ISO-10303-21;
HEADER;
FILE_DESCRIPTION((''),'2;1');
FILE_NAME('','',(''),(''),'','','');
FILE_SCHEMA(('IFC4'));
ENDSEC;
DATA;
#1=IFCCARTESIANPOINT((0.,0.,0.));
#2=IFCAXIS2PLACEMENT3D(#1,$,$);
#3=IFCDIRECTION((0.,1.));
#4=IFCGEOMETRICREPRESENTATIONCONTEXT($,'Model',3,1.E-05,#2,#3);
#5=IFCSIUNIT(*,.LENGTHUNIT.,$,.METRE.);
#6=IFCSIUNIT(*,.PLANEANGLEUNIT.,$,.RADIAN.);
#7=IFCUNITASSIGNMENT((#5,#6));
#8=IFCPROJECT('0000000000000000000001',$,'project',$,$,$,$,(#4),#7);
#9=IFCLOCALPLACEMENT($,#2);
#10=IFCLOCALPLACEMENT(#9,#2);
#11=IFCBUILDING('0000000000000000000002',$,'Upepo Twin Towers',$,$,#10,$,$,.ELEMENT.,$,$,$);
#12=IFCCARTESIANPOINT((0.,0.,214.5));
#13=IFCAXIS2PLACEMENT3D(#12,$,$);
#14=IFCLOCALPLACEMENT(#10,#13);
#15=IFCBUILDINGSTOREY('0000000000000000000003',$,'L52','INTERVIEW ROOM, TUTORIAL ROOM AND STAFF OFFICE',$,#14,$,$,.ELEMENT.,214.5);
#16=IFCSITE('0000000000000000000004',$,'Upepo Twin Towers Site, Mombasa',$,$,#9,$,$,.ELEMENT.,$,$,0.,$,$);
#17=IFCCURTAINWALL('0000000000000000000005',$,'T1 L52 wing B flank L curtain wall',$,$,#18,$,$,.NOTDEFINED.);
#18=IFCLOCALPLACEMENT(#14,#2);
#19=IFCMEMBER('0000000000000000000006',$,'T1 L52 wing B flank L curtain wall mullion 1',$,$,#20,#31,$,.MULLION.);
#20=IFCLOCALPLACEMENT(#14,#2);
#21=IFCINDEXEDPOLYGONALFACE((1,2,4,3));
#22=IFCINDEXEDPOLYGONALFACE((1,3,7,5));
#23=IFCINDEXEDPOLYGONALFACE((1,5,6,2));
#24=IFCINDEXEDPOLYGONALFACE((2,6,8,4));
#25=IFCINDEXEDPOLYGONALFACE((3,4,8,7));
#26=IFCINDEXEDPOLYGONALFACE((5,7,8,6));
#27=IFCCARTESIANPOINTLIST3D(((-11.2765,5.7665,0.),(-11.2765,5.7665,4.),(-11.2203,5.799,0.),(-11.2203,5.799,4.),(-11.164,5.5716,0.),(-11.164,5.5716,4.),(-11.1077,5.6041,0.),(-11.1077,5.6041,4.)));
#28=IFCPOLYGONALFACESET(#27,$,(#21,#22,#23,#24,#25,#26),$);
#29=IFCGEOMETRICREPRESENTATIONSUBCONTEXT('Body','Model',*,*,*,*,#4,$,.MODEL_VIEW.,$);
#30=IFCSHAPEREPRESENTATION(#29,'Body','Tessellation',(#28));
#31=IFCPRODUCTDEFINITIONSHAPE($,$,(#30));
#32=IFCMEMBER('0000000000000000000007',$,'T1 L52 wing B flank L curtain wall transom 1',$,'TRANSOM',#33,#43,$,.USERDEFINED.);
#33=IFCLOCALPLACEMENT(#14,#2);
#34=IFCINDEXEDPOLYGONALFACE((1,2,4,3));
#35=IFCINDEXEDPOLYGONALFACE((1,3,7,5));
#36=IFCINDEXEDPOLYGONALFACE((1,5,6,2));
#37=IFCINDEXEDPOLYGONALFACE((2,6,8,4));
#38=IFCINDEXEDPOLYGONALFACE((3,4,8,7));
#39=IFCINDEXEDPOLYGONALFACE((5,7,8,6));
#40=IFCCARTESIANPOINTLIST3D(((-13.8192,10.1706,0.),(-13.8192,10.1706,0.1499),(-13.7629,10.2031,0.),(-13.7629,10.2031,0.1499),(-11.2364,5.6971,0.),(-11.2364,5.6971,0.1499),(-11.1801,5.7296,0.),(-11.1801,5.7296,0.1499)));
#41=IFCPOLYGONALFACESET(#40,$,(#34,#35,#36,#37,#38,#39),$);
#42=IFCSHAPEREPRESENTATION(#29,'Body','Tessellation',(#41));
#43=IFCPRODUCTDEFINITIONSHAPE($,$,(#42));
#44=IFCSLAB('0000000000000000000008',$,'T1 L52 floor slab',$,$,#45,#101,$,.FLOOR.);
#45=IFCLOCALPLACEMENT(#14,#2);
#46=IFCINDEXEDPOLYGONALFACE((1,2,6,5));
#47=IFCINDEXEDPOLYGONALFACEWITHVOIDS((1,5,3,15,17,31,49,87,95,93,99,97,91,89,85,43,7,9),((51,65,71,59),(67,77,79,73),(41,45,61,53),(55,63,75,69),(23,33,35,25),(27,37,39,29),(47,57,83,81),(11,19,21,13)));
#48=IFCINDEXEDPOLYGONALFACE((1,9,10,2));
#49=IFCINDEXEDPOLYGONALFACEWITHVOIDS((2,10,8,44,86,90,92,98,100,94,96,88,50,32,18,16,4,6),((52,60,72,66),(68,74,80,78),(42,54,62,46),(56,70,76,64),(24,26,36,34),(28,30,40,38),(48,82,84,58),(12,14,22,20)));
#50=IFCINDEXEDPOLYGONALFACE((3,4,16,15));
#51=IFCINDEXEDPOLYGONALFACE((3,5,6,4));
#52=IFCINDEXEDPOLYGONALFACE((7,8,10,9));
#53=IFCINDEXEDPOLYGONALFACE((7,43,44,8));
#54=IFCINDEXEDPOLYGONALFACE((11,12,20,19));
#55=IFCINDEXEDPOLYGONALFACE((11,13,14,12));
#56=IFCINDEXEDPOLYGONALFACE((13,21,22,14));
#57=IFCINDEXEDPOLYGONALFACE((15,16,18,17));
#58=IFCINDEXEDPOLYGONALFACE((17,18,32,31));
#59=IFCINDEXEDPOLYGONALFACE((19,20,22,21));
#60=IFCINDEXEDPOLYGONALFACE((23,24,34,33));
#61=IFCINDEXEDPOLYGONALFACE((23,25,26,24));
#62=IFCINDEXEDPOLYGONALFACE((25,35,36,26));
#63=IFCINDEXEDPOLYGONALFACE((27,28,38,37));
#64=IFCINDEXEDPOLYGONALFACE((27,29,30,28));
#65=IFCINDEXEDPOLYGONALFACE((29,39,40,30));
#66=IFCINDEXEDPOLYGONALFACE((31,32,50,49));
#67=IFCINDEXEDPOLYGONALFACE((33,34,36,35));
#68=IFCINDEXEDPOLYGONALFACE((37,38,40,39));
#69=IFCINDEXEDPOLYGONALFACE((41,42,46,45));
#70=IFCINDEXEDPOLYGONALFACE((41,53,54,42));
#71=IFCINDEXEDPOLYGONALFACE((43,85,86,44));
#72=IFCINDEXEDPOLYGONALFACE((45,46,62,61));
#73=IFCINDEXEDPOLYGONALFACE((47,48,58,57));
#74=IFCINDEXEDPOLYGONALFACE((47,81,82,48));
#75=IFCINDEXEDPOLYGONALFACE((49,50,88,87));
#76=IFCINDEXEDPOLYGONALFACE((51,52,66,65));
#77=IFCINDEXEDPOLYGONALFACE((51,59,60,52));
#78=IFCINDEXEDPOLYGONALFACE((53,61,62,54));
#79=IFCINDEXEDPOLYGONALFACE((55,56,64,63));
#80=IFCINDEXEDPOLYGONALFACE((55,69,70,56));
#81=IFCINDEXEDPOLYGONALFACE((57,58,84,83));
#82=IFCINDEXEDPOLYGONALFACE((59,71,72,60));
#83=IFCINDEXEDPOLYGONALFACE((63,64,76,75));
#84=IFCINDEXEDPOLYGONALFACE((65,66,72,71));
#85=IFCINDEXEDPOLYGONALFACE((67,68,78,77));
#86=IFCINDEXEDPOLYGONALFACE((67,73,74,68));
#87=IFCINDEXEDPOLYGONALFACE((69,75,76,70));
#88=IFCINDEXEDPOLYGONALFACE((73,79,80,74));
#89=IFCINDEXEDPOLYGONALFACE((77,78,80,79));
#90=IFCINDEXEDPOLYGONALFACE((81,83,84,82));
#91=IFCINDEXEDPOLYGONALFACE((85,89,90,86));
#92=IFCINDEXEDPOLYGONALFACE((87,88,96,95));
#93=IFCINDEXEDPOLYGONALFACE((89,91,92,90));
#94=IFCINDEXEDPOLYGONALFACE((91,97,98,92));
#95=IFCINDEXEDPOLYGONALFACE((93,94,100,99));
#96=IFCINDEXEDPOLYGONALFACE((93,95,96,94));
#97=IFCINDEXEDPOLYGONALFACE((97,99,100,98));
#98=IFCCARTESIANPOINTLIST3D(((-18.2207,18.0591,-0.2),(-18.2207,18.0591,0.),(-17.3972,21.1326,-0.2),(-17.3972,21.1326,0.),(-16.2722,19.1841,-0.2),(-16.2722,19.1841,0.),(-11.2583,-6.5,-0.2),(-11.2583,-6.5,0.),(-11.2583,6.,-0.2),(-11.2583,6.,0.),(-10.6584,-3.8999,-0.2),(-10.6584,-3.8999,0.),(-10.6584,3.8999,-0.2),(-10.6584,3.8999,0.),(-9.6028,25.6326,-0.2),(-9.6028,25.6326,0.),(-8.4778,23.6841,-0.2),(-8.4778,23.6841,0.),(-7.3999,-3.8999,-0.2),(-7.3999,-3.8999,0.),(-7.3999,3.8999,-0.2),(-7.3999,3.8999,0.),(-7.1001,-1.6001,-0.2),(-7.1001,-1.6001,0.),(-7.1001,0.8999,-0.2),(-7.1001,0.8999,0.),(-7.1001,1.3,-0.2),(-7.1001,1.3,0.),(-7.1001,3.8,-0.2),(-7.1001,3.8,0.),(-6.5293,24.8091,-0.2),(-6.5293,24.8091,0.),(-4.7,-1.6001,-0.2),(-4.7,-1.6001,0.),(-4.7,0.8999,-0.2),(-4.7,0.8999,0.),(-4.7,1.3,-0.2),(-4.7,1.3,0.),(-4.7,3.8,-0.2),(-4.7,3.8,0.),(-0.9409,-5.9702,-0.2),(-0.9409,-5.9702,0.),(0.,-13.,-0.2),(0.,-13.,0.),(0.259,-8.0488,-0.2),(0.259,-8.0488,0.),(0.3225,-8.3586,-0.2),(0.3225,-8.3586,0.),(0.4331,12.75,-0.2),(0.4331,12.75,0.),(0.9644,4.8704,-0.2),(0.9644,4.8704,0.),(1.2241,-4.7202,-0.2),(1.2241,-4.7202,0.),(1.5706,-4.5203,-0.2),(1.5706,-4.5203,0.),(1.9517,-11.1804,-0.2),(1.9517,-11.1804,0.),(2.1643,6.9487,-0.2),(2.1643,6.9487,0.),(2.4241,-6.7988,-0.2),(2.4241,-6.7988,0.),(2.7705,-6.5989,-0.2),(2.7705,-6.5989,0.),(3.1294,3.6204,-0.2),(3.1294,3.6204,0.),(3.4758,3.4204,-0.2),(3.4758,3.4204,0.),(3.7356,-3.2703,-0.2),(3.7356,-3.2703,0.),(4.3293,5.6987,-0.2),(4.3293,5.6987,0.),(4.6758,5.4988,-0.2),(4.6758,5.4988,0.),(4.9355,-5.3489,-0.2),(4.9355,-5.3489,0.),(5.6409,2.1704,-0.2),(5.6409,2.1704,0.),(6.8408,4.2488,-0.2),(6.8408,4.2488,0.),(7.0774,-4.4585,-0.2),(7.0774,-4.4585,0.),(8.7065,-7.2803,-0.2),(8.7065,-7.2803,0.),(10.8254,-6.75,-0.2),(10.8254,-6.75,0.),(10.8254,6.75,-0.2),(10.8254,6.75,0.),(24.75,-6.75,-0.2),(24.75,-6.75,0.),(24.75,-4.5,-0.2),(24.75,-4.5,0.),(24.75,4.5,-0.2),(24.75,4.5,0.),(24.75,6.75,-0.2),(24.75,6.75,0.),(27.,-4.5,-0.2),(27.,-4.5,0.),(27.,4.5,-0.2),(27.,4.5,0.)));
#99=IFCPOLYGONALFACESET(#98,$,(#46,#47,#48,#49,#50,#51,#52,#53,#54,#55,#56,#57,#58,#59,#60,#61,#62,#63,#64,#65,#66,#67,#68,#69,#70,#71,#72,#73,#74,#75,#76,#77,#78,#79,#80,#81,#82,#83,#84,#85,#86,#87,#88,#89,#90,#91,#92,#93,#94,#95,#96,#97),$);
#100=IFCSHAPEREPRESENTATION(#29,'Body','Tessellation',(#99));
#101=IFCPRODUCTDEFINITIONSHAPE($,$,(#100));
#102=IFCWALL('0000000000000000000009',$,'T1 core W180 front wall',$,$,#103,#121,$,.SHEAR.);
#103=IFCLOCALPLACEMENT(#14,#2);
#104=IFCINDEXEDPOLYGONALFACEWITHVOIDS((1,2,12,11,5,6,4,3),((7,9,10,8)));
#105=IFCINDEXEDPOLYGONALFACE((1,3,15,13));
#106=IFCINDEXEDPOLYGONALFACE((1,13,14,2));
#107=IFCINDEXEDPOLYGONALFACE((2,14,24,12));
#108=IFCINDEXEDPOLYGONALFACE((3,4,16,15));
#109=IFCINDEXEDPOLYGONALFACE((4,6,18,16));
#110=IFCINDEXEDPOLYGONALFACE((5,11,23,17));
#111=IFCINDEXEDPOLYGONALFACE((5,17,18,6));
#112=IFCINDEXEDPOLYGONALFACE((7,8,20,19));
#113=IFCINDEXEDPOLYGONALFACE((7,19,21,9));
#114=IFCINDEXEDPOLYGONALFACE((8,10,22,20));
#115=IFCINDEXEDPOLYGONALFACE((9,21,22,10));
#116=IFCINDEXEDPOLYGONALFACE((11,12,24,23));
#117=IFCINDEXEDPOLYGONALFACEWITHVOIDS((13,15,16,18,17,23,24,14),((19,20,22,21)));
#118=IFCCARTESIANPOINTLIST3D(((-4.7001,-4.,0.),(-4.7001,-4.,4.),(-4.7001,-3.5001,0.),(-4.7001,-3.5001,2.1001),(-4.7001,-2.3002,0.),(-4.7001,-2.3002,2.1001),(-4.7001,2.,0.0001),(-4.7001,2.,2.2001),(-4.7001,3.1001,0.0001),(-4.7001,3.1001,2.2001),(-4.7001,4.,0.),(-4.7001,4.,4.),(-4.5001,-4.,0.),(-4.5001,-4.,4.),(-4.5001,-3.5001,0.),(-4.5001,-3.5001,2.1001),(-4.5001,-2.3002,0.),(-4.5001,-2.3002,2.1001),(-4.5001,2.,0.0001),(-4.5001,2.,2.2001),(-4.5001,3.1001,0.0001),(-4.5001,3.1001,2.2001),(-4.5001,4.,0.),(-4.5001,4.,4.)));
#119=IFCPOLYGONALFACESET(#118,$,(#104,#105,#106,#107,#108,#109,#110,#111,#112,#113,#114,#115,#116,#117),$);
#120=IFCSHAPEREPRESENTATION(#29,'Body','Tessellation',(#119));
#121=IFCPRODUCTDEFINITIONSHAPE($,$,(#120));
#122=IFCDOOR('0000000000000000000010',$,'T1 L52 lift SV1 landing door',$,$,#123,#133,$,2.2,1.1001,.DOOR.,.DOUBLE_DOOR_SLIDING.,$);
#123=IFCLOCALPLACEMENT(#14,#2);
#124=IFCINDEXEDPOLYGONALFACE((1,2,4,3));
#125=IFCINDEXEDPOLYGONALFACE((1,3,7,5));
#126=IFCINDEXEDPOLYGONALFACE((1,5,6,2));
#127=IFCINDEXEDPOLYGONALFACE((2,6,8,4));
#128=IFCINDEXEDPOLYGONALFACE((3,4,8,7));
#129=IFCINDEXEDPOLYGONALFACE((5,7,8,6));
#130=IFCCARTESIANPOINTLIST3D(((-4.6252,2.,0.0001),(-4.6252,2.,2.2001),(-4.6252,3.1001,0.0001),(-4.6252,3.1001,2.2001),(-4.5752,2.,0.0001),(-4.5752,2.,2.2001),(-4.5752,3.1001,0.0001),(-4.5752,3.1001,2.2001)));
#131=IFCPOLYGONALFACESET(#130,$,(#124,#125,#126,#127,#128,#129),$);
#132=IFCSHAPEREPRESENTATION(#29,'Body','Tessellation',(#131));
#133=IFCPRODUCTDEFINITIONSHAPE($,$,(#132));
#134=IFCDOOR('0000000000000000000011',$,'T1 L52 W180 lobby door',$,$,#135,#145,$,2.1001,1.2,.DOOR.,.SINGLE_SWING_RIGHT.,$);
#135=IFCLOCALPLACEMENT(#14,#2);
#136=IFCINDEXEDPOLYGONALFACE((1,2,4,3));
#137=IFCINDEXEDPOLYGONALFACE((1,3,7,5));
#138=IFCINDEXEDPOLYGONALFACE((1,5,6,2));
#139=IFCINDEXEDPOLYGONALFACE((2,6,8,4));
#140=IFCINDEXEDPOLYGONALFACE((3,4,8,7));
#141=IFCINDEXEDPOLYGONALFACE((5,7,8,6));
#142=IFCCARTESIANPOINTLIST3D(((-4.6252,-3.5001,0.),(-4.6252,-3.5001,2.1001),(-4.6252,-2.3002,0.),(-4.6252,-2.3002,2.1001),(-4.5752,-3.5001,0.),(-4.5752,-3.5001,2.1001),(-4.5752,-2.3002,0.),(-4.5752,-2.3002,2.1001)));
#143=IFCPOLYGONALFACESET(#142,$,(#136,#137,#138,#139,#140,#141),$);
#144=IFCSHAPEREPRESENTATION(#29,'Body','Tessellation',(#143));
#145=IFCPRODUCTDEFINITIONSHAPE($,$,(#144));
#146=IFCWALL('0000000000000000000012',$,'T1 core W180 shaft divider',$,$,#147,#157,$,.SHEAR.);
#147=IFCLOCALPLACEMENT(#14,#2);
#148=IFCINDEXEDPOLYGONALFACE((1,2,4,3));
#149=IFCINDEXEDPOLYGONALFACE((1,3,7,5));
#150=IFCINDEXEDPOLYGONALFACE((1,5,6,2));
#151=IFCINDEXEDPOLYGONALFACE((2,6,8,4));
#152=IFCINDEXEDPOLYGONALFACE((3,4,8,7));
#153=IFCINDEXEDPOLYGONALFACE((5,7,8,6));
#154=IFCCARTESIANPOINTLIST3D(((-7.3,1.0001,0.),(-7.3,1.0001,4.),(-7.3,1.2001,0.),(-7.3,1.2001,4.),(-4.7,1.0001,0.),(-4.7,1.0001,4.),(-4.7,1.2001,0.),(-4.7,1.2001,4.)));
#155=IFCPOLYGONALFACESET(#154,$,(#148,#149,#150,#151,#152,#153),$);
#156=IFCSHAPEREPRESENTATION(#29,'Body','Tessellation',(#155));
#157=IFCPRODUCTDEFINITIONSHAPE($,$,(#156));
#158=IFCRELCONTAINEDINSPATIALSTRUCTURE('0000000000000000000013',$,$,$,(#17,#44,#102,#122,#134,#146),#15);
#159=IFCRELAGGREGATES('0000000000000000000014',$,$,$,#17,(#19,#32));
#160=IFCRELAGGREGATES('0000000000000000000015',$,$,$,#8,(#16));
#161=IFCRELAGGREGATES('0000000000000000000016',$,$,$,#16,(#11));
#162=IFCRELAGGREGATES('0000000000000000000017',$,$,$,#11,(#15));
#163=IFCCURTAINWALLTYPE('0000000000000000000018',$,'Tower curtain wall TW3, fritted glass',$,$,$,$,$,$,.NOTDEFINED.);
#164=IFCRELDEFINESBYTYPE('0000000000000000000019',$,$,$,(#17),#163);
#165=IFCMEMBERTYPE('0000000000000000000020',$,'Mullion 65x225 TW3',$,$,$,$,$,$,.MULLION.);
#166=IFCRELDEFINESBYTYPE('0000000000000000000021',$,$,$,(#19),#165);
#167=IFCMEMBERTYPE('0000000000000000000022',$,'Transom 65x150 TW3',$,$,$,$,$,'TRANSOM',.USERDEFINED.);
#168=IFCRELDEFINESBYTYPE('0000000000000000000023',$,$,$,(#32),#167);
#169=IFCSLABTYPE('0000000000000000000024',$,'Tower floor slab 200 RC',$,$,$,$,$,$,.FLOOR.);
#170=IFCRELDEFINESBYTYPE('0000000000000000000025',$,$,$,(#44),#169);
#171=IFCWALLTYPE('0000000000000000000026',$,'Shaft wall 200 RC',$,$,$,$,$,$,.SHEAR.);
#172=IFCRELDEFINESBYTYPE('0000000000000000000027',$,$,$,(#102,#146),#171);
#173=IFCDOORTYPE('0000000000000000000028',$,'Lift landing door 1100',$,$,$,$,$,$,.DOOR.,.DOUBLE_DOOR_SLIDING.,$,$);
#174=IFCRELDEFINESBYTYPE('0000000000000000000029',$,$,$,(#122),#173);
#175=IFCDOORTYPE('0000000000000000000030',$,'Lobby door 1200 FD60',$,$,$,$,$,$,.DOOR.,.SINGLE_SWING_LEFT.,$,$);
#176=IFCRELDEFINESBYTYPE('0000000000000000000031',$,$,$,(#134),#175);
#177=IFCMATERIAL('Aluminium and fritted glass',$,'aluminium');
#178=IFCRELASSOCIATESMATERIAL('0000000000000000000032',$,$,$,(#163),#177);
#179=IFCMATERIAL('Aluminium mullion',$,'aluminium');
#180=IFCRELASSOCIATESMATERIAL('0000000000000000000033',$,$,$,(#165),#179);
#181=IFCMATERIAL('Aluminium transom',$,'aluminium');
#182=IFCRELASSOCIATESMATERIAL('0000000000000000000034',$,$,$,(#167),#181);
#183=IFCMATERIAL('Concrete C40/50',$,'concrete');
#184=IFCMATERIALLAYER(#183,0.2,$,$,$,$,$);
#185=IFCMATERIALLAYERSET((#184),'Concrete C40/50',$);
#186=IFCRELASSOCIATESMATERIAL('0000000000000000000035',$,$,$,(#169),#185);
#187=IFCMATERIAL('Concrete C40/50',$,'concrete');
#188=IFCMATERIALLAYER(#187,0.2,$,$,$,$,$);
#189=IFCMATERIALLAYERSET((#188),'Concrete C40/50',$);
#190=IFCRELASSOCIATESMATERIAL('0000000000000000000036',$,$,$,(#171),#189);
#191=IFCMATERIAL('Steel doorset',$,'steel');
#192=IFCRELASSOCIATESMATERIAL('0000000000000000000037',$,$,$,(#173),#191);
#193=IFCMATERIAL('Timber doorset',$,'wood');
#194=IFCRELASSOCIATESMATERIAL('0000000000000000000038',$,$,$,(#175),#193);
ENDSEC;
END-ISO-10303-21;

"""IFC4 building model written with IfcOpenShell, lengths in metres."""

from ifc_helpers import new_model, si_unit, direction, frame, frame_2d, origin, origin_2d, place, context, subcontext, project, spatial, polyline, rectangle, outline, extrude, material, layer, layer_set, material_profile, profile_set, type_object, element, fill, aggregate, save


model = new_model("IFC4")

# Units and contexts
model_context = context("Model", 3, precision=1e-05, world=origin(), true_north=direction((0.0, 1.0)))
body_context = subcontext(model_context, "Body", "Model", "MODEL_VIEW")
ifc_project = project(units=[si_unit("LENGTHUNIT", "METRE"), si_unit("PLANEANGLEUNIT", "RADIAN")], contexts=[model_context])

# Site, building, storey
site_placement = place(None, origin())
site = spatial("IfcSite", under=ifc_project, at=site_placement, Name="Upepo Twin Towers Site, Mombasa", CompositionType="ELEMENT", RefElevation=0.0)
building_placement = place(site_placement, origin())
building = spatial("IfcBuilding", under=site, at=building_placement, Name="Upepo Twin Towers", CompositionType="ELEMENT")
storey_placement = place(building_placement, frame((0.0, 0.0, 214.5)))
storey = spatial("IfcBuildingStorey", under=building, at=storey_placement, Name="L52", Description="INTERVIEW ROOM, TUTORIAL ROOM AND STAFF OFFICE", CompositionType="ELEMENT", Elevation=214.5)

# Curtain wall, members
ifc_material_1 = material(Name="Aluminium and fritted glass", Category="aluminium")
curtain_wall_type = type_object("IfcCurtainWallType", Name="Tower curtain wall TW3, fritted glass", PredefinedType="NOTDEFINED", material=ifc_material_1)
curtain_wall_placement = place(storey_placement, origin())
curtain_wall = element("IfcCurtainWall", 1, at=curtain_wall_placement, inside=storey, type_object=curtain_wall_type, Name="T1 L52 wing B flank L curtain wall", PredefinedType="NOTDEFINED")
ifc_material_2 = material(Name="Aluminium mullion", Category="aluminium")
ifc_material_profile_1 = material_profile(ifc_material_2, rectangle(XDim=0.0649, YDim=0.2251, at=origin_2d()), Name="MULLION 65x225")
ifc_profile_set_1 = profile_set([ifc_material_profile_1], Name="Aluminium mullion")
member_type_1 = type_object("IfcMemberType", Name="Mullion 65x225 TW3", PredefinedType="MULLION", material=ifc_profile_set_1)
member_1_placement = place(storey_placement, frame((-11.1921, 5.6853, 0.0), z_axis=(0.0, 0.0, 1.0), x_axis=(-0.866025, -0.5, 0.0)))
member_1 = element("IfcMember", 2, at=member_1_placement, type_object=member_type_1, Name="T1 L52 wing B flank L curtain wall mullion 1", PredefinedType="MULLION", context=body_context, shape_type="SweptSolid", body=[
    extrude(rectangle(XDim=0.0649, YDim=0.2251, at=origin_2d()), origin(), (0.0, 0.0, 1.0), 4.0),
])
ifc_material_3 = material(Name="Aluminium transom", Category="aluminium")
ifc_material_profile_2 = material_profile(ifc_material_3, rectangle(XDim=0.0649, YDim=0.1499, at=origin_2d()), Name="TRANSOM 65x150")
ifc_profile_set_2 = profile_set([ifc_material_profile_2], Name="Aluminium transom")
member_type_2 = type_object("IfcMemberType", Name="Transom 65x150 TW3", ElementType="TRANSOM", PredefinedType="USERDEFINED", material=ifc_profile_set_2)
member_2_placement = place(storey_placement, frame((-11.2083, 5.7134, 0.075), z_axis=(-0.500007, 0.866021, 0.0), x_axis=(-0.866021, -0.500007, 0.0)))
member_2 = element("IfcMember", 3, at=member_2_placement, type_object=member_type_2, Name="T1 L52 wing B flank L curtain wall transom 1", ObjectType="TRANSOM", PredefinedType="USERDEFINED", context=body_context, shape_type="SweptSolid", body=[
    extrude(rectangle(XDim=0.0649, YDim=0.1499, at=origin_2d()), origin(), (0.0, 0.0, 1.0), 5.1655),
])
aggregate(curtain_wall, [member_1, member_2])

# Slab
ifc_material_4 = material(Name="Concrete C40/50", Category="concrete")
ifc_layer_1 = layer(ifc_material_4, 0.2)
ifc_layer_set_1 = layer_set([ifc_layer_1], Name="Concrete C40/50")
slab_type = type_object("IfcSlabType", Name="Tower floor slab 200 RC", PredefinedType="FLOOR", material=ifc_layer_set_1)
slab_placement = place(storey_placement, frame((0.0, 0.0, -0.2)))
element("IfcSlab", 4, at=slab_placement, inside=storey, type_object=slab_type, Name="T1 L52 floor slab", PredefinedType="FLOOR", context=body_context, shape_type="SweptSolid", body=[
    extrude(outline(polyline([(10.8254, 6.75), (24.75, 6.75), (24.75, 4.5), (27.0, 4.5), (27.0, -4.5), (24.75, -4.5), (24.75, -6.75), (10.8254, -6.75), (0.0, -13.0), (-11.2583, -6.5), (-11.2583, 6.0), (-18.2207, 18.0591), (-16.2722, 19.1841), (-17.3972, 21.1326), (-9.6028, 25.6326), (-8.4778, 23.6841), (-6.5293, 24.8091), (0.4331, 12.75), (10.8254, 6.75)]), holes=[polyline([(5.6409, 2.1704), (6.8408, 4.2488), (4.6758, 5.4988), (3.4758, 3.4204), (5.6409, 2.1704)]), polyline([(3.1294, 3.6204), (4.3293, 5.6987), (2.1643, 6.9487), (0.9644, 4.8704), (3.1294, 3.6204)]), polyline([(-4.7, 3.8), (-7.1001, 3.8), (-7.1001, 1.3), (-4.7, 1.3), (-4.7, 3.8)]), polyline([(-4.7, 0.8999), (-7.1001, 0.8999), (-7.1001, -1.6001), (-4.7, -1.6001), (-4.7, 0.8999)]), polyline([(-7.3999, 3.8999), (-10.6584, 3.8999), (-10.6584, -3.8999), (-7.3999, -3.8999), (-7.3999, 3.8999)]), polyline([(-0.9409, -5.9702), (0.259, -8.0488), (2.4241, -6.7988), (1.2241, -4.7202), (-0.9409, -5.9702)]), polyline([(1.5706, -4.5203), (2.7705, -6.5989), (4.9355, -5.3489), (3.7356, -3.2703), (1.5706, -4.5203)]), polyline([(0.3225, -8.3586), (1.9517, -11.1804), (8.7065, -7.2803), (7.0774, -4.4585), (0.3225, -8.3586)])]), origin(), (0.0, 0.0, 1.0), 0.2),
])

# Wall, openings, doors
ifc_material_5 = material(Name="Concrete C40/50", Category="concrete")
ifc_layer_2 = layer(ifc_material_5, 0.2)
ifc_layer_set_2 = layer_set([ifc_layer_2], Name="Concrete C40/50")
wall_type_1 = type_object("IfcWallType", Name="Shaft wall 200 RC", PredefinedType="SHEAR", material=ifc_layer_set_2)
wall_1_placement = place(storey_placement, frame((-4.6001, 4.0, 0.0), z_axis=(0.0, 0.0, 1.0), x_axis=(0.0, -1.0, 0.0)))
wall_1 = element("IfcWall", 5, at=wall_1_placement, inside=storey, type_object=wall_type_1, Name="T1 core W180 front wall", PredefinedType="SHEAR", context=body_context, shape_type="SweptSolid", body=[
    extrude(rectangle(XDim=8.0, YDim=0.2, at=frame_2d((4.0, 0.0))), origin(), (0.0, 0.0, 1.0), 4.0),
])
opening_1_placement = place(wall_1_placement, frame((6.3, 0.0, 0.0)))
opening_1 = element("IfcOpeningElement", 6, at=opening_1_placement, cuts=wall_1, PredefinedType="OPENING", context=body_context, shape_type="SweptSolid", body=[
    extrude(rectangle(XDim=1.2, YDim=2.1001, at=frame_2d((0.6001, 1.05))), frame((0.0, 0.1099, 0.0), z_axis=(0.0, -1.0, 0.0), x_axis=(1.0, 0.0, 0.0)), (0.0, 0.0, 1.0), 0.22),
])
opening_2_placement = place(wall_1_placement, frame((0.8999, 0.0, 0.0)))
opening_2 = element("IfcOpeningElement", 7, at=opening_2_placement, cuts=wall_1, PredefinedType="OPENING", context=body_context, shape_type="SweptSolid", body=[
    extrude(rectangle(XDim=1.1001, YDim=2.2, at=frame_2d((0.55, 1.1001))), frame((0.0, 0.1099, 0.0), z_axis=(0.0, -1.0, 0.0), x_axis=(1.0, 0.0, 0.0)), (0.0, 0.0, 1.0), 0.22),
])
ifc_material_6 = material(Name="Steel doorset", Category="steel")
door_type_1 = type_object("IfcDoorType", Name="Lift landing door 1100", OperationType="DOUBLE_DOOR_SLIDING", PredefinedType="DOOR", material=ifc_material_6)
door_1_placement = place(opening_2_placement, origin())
door_1 = element("IfcDoor", 8, at=door_1_placement, inside=storey, type_object=door_type_1, Name="T1 L52 lift SV1 landing door", OperationType="DOUBLE_DOOR_SLIDING", OverallHeight=2.2, OverallWidth=1.1001, PredefinedType="DOOR", context=body_context, shape_type="SweptSolid", body=[
    extrude(rectangle(XDim=1.1001, YDim=2.2, at=frame_2d((0.55, 1.1001))), frame((0.0, 0.0249, 0.0), z_axis=(0.0, -1.0, 0.0), x_axis=(1.0, 0.0, 0.0)), (0.0, 0.0, 1.0), 0.05),
])
fill(opening_2, door_1)
ifc_material_7 = material(Name="Timber doorset", Category="wood")
door_type_2 = type_object("IfcDoorType", Name="Lobby door 1200 FD60", OperationType="SINGLE_SWING_LEFT", PredefinedType="DOOR", material=ifc_material_7)
door_2_placement = place(opening_1_placement, origin())
door_2 = element("IfcDoor", 9, at=door_2_placement, inside=storey, type_object=door_type_2, Name="T1 L52 W180 lobby door", OperationType="SINGLE_SWING_RIGHT", OverallHeight=2.1001, OverallWidth=1.2, PredefinedType="DOOR", context=body_context, shape_type="SweptSolid", body=[
    extrude(rectangle(XDim=1.2, YDim=2.1001, at=frame_2d((0.6001, 1.05))), frame((0.0, 0.0249, 0.0), z_axis=(0.0, -1.0, 0.0), x_axis=(1.0, 0.0, 0.0)), (0.0, 0.0, 1.0), 0.05),
])
fill(opening_1, door_2)

# Wall
wall_2_placement = place(storey_placement, frame((-4.7, 1.1001, 0.0), z_axis=(0.0, 0.0, 1.0), x_axis=(-1.0, 0.0, 0.0)))
element("IfcWall", 10, at=wall_2_placement, inside=storey, type_object=wall_type_1, Name="T1 core W180 shaft divider", PredefinedType="SHEAR", context=body_context, shape_type="SweptSolid", body=[
    extrude(rectangle(XDim=2.6001, YDim=0.2, at=frame_2d((1.3, 0.0))), origin(), (0.0, 0.0, 1.0), 4.0),
])

save(model, "model.ifc")
